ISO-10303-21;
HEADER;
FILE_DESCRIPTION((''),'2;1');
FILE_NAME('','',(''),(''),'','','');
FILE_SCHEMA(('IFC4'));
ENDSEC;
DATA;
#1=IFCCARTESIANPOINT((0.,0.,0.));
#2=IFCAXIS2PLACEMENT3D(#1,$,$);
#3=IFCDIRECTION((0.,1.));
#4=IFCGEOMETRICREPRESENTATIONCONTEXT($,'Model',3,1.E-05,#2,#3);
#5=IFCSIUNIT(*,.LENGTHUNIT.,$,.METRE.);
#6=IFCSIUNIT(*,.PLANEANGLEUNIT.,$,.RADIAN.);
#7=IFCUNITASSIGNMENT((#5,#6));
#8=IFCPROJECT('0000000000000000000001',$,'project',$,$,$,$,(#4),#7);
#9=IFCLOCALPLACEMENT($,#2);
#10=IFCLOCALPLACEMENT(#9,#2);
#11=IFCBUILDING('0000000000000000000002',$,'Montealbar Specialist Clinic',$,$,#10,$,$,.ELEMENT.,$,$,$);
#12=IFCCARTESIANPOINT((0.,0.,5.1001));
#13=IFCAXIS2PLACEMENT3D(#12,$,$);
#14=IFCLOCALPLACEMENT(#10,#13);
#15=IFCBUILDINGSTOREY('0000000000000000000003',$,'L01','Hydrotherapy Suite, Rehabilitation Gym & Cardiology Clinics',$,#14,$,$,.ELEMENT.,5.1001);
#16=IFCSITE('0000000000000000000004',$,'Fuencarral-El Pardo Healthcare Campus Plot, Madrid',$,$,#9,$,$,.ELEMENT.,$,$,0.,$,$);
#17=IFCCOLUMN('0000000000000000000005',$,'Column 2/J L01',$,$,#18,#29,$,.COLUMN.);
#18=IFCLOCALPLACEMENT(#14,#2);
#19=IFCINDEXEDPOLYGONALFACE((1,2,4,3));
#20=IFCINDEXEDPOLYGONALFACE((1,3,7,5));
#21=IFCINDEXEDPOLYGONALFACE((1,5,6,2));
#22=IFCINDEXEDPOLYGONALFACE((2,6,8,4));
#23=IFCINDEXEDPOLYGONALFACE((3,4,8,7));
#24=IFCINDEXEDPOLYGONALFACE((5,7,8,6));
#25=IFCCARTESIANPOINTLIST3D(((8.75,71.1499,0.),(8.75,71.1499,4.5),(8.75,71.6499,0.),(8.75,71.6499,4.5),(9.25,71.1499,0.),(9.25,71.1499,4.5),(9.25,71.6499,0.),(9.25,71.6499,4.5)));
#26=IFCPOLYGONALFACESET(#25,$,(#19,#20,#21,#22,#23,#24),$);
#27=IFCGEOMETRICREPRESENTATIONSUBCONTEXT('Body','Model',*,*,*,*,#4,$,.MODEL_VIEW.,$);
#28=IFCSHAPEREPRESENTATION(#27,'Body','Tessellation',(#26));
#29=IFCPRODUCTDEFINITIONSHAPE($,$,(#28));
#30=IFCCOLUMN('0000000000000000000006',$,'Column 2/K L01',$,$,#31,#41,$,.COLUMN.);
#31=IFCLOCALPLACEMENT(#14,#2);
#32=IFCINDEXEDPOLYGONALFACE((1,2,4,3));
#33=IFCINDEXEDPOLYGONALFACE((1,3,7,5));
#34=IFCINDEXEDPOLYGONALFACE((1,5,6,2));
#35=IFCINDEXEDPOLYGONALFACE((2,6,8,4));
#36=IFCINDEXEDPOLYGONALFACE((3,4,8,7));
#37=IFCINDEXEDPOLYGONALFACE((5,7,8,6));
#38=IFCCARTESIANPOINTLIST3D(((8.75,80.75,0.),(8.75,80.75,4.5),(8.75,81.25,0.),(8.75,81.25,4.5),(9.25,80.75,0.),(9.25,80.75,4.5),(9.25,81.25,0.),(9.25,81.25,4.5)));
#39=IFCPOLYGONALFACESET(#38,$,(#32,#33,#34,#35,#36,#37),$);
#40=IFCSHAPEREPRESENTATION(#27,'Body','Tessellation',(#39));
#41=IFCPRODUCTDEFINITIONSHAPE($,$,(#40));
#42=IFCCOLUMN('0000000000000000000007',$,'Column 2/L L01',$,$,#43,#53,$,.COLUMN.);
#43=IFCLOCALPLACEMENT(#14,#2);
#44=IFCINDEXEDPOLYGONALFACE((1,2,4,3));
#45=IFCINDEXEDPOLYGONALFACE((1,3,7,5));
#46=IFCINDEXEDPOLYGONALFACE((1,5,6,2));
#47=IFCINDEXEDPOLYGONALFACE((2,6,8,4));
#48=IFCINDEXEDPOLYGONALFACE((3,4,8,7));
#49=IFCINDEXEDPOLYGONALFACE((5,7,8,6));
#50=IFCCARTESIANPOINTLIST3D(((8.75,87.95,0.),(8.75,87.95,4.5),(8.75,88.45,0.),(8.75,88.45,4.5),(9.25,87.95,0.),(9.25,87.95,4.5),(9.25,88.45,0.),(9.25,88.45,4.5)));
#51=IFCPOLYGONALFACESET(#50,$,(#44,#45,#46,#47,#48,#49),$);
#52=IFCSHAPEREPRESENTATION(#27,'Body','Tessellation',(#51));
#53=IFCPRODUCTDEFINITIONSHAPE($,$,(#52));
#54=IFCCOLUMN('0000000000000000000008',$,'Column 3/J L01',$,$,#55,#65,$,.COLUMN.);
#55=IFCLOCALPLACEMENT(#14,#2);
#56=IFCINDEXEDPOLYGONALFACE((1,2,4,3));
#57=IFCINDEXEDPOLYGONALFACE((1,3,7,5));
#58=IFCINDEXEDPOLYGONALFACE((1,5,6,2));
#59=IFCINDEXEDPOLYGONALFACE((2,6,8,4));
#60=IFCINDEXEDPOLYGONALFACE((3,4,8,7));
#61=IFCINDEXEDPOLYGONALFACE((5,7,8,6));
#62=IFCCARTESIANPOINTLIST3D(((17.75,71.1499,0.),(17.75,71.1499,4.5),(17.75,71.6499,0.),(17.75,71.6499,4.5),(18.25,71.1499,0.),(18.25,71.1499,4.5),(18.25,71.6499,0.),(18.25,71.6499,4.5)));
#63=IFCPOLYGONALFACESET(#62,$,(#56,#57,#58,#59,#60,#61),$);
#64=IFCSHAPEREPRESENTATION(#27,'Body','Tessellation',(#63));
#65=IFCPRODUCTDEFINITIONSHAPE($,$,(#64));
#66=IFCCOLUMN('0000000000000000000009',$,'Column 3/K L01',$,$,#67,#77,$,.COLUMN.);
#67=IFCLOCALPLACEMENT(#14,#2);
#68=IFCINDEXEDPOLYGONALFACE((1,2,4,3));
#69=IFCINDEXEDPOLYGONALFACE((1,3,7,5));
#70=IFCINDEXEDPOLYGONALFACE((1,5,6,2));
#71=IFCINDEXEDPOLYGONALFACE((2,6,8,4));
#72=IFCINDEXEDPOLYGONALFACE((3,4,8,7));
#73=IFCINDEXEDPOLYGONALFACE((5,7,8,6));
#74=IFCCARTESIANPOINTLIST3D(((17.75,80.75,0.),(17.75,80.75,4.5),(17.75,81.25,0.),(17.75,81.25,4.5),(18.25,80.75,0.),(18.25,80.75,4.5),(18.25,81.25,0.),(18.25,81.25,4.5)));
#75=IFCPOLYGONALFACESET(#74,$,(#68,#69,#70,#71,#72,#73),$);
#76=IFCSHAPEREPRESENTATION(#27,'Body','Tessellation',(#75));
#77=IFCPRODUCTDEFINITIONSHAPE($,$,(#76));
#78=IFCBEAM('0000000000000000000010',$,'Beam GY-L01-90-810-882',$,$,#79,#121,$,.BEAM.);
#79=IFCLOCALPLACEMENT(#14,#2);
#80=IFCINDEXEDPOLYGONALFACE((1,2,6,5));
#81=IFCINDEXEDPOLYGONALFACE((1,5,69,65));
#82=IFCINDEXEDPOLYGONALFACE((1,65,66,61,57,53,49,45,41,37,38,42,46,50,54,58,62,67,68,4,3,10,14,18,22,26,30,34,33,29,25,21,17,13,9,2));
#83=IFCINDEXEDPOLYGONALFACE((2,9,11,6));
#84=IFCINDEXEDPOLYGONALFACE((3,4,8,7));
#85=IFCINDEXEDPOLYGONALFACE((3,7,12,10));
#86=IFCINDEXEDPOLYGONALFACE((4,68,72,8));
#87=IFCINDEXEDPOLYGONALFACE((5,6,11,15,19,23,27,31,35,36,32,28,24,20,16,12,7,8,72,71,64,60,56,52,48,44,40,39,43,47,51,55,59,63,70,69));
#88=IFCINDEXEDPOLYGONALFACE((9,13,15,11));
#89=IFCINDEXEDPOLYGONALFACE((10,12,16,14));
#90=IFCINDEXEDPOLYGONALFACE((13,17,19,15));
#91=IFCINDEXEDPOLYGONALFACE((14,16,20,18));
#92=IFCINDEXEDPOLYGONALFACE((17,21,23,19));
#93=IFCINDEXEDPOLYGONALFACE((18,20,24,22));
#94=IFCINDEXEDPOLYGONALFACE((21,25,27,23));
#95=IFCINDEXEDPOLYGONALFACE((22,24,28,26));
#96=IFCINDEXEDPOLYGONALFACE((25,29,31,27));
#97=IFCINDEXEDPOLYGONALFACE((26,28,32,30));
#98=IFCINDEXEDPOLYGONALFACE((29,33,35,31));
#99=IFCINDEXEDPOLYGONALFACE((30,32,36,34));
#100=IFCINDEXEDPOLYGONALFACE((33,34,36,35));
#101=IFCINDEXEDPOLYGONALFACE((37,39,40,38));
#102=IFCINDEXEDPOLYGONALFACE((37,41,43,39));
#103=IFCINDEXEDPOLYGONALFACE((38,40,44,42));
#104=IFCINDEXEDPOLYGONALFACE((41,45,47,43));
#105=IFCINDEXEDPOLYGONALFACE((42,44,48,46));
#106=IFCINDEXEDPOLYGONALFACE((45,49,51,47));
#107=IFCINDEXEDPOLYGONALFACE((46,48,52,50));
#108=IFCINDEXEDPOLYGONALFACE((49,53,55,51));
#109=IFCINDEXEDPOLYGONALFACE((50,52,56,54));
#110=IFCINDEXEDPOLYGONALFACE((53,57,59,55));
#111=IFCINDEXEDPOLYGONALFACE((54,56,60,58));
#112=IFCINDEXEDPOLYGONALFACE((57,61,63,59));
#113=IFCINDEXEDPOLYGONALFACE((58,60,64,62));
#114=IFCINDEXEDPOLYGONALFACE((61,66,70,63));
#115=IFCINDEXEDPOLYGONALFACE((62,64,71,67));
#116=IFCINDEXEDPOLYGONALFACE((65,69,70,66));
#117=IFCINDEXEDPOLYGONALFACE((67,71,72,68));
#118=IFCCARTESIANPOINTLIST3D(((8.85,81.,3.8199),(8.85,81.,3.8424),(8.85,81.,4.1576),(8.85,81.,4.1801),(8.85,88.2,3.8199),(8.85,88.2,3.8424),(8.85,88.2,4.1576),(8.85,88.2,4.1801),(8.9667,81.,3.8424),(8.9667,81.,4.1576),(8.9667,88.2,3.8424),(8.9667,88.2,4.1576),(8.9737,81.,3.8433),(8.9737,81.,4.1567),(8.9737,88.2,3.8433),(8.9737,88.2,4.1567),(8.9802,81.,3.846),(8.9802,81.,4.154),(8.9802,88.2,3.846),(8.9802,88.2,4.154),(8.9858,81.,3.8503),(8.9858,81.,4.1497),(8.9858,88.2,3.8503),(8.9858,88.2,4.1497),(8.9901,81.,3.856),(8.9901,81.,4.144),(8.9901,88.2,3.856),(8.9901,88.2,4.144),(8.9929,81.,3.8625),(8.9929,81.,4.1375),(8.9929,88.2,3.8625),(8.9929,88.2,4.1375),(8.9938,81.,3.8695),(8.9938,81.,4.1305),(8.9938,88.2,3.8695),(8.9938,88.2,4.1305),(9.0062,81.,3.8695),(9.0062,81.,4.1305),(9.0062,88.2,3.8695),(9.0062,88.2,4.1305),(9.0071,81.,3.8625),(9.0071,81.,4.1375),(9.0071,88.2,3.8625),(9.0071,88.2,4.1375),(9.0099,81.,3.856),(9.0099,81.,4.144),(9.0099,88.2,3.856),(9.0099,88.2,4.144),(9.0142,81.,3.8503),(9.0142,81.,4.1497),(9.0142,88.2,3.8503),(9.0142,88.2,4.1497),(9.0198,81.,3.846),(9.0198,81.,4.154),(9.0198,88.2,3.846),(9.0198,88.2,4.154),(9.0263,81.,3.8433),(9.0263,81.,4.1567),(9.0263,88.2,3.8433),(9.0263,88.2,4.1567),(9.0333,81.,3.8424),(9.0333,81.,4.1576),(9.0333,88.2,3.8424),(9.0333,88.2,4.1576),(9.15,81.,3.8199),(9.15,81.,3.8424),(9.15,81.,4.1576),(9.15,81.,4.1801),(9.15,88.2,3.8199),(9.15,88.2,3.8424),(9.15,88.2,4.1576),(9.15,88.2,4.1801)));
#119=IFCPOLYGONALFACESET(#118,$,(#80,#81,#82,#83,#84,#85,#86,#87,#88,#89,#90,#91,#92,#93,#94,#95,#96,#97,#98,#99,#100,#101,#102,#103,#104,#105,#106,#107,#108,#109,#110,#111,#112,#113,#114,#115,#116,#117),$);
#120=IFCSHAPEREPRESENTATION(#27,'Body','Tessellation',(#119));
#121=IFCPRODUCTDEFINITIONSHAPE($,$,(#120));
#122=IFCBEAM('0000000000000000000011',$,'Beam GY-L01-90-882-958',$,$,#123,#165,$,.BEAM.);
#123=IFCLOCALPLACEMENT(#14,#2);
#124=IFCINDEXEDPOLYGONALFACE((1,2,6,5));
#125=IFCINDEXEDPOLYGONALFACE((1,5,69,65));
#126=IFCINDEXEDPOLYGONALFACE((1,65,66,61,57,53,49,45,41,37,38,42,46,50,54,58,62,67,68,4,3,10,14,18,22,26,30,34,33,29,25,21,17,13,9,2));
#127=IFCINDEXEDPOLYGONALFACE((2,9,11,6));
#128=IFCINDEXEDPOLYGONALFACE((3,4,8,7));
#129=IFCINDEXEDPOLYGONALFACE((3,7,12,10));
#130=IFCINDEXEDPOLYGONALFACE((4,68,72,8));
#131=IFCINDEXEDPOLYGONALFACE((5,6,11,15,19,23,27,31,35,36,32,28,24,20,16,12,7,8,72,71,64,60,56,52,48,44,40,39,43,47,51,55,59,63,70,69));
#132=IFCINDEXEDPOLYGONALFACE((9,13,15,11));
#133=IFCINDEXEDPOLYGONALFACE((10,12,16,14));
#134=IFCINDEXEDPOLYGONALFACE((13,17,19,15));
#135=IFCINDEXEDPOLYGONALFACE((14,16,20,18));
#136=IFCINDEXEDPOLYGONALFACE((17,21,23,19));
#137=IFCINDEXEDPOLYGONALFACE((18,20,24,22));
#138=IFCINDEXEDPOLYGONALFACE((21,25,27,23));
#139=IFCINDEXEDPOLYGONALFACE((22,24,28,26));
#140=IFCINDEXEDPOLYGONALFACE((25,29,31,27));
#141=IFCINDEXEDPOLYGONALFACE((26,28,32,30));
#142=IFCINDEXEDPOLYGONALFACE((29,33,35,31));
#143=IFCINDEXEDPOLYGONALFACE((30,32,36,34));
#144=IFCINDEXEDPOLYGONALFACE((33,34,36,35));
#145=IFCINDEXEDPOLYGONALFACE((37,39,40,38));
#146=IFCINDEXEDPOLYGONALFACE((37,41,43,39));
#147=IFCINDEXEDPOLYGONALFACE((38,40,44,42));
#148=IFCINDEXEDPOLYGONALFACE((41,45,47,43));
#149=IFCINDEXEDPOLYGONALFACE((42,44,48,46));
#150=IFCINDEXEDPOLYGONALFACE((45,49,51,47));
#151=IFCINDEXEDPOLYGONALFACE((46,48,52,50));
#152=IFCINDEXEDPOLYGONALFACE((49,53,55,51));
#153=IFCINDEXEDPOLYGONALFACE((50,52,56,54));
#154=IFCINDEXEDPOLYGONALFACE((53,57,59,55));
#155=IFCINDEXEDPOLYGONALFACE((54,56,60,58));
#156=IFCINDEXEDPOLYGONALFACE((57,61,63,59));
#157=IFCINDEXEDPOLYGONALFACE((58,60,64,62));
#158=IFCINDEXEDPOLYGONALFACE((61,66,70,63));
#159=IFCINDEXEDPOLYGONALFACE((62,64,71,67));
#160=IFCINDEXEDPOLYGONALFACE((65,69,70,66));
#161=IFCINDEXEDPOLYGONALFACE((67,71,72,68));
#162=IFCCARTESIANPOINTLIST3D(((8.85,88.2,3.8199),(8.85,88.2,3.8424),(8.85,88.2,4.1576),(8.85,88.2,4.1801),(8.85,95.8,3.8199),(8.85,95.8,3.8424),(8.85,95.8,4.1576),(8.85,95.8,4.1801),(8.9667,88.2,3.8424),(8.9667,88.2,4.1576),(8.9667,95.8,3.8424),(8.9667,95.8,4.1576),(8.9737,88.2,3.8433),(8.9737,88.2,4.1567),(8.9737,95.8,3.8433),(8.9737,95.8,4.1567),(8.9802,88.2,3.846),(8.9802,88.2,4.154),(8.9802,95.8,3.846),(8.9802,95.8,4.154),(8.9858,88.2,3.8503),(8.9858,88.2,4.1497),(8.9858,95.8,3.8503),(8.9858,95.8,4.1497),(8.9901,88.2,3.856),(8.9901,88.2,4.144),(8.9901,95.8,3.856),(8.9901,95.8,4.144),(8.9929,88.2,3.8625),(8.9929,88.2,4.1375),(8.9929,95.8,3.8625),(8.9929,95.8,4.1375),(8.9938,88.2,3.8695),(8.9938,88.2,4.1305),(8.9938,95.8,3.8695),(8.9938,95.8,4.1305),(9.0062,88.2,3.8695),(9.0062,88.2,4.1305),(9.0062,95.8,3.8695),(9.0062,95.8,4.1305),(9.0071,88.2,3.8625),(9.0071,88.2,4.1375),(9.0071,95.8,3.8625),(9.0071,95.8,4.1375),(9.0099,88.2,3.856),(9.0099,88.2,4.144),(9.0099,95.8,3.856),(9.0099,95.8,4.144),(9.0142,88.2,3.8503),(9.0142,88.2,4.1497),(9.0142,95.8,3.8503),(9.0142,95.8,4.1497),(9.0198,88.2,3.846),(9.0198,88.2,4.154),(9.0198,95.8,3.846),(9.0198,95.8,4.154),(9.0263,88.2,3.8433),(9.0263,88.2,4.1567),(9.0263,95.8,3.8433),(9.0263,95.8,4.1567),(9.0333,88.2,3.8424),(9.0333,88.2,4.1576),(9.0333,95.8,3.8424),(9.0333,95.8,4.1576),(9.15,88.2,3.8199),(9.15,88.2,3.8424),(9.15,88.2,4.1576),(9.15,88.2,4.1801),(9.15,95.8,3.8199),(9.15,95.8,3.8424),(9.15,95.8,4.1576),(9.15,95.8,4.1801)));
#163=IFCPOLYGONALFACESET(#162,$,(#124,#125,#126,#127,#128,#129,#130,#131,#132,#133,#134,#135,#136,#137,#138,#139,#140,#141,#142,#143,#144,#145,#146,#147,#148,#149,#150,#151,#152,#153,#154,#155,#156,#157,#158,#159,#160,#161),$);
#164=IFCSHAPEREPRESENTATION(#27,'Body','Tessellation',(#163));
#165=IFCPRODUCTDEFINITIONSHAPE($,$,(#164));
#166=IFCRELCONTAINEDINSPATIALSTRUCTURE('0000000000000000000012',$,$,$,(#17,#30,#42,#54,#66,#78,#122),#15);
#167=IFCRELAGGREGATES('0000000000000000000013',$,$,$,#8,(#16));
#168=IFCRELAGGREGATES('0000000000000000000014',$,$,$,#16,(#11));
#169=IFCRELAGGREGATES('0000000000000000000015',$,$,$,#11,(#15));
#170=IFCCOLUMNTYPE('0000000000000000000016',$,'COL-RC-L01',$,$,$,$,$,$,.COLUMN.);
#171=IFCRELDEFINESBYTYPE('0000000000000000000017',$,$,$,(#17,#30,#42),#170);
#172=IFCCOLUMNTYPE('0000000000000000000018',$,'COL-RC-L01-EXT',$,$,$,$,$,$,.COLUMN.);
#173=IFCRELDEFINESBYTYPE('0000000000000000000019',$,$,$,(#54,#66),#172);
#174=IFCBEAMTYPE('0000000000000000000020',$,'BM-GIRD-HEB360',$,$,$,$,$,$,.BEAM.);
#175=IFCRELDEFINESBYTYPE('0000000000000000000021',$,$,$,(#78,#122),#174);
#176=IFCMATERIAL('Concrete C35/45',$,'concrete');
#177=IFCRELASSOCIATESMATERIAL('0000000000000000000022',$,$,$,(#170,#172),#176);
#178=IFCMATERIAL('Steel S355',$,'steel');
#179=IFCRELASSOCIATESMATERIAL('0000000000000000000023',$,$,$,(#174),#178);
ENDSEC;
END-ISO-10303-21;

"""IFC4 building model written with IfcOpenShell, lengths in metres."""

from ifc_helpers import new_model, si_unit, direction, frame, origin, origin_2d, place, context, subcontext, project, spatial, rectangle, i_section, extrude, material, material_profile, profile_set, type_object, element, save


model = new_model("IFC4")

# Units and contexts
model_context = context("Model", 3, precision=1e-05, world=origin(), true_north=direction((0.0, 1.0)))
body_context = subcontext(model_context, "Body", "Model", "MODEL_VIEW")
ifc_project = project(units=[si_unit("LENGTHUNIT", "METRE"), si_unit("PLANEANGLEUNIT", "RADIAN")], contexts=[model_context])

# Site, building, storey
site_placement = place(None, origin())
site = spatial("IfcSite", under=ifc_project, at=site_placement, Name="Fuencarral-El Pardo Healthcare Campus Plot, Madrid", CompositionType="ELEMENT", RefElevation=0.0)
building_placement = place(site_placement, origin())
building = spatial("IfcBuilding", under=site, at=building_placement, Name="Montealbar Specialist Clinic", CompositionType="ELEMENT")
storey_placement = place(building_placement, frame((0.0, 0.0, 5.1001)))
storey = spatial("IfcBuildingStorey", under=building, at=storey_placement, Name="L01", Description="Hydrotherapy Suite, Rehabilitation Gym & Cardiology Clinics", CompositionType="ELEMENT", Elevation=5.1001)

# Columns
ifc_material_1 = material(Name="Concrete C35/45", Category="concrete")
ifc_material_profile_1 = material_profile(ifc_material_1, rectangle(XDim=0.5, YDim=0.5, at=origin_2d()), Name="RC 500x500", Category="concrete")
ifc_profile_set_1 = profile_set([ifc_material_profile_1], Name="Concrete C35/45")
column_type_1 = type_object("IfcColumnType", Name="COL-RC-L01", PredefinedType="COLUMN", material=ifc_profile_set_1)
for number, where, z_axis, x_axis, name in (
    (1, (9.0, 71.3999, 0.0), (0.0, 0.0, 1.0), (1.0, 0.0, 0.0), "Column 2/J L01"),
    (2, (9.0, 81.0, 0.0), (0.0, 0.0, 1.0), (1.0, 0.0, 0.0), "Column 2/K L01"),
    (3, (9.0, 88.2, 0.0), (0.0, 0.0, 1.0), (1.0, 0.0, 0.0), "Column 2/L L01"),
):
    element("IfcColumn", number, at=place(storey_placement, frame(where, z_axis=z_axis, x_axis=x_axis)), inside=storey, type_object=column_type_1, Name=name, PredefinedType="COLUMN", context=body_context, shape_type="SweptSolid", body=[
        extrude(rectangle(XDim=0.5, YDim=0.5, at=origin_2d()), origin(), (0.0, 0.0, 1.0), 4.5),
    ])
ifc_material_profile_2 = material_profile(ifc_material_1, rectangle(XDim=0.5, YDim=0.5, at=origin_2d()), Name="RC 500x500", Category="concrete")
ifc_profile_set_2 = profile_set([ifc_material_profile_2], Name="Concrete C35/45")
column_type_2 = type_object("IfcColumnType", Name="COL-RC-L01-EXT", PredefinedType="COLUMN", material=ifc_profile_set_2)
for number, where, z_axis, x_axis, name in (
    (4, (18.0, 71.3999, 0.0), (0.0, 0.0, 1.0), (1.0, 0.0, 0.0), "Column 3/J L01"),
    (5, (18.0, 81.0, 0.0), (0.0, 0.0, 1.0), (1.0, 0.0, 0.0), "Column 3/K L01"),
):
    element("IfcColumn", number, at=place(storey_placement, frame(where, z_axis=z_axis, x_axis=x_axis)), inside=storey, type_object=column_type_2, Name=name, PredefinedType="COLUMN", context=body_context, shape_type="SweptSolid", body=[
        extrude(rectangle(XDim=0.5, YDim=0.5, at=origin_2d()), origin(), (0.0, 0.0, 1.0), 4.5),
    ])

# Beams
ifc_material_2 = material(Name="Steel S355", Category="steel")
ifc_material_profile_3 = material_profile(ifc_material_2, i_section(OverallWidth=0.3, OverallDepth=0.3601, WebThickness=0.0125, FlangeThickness=0.0225, FilletRadius=0.0271, at=origin_2d()), Name="HEB 360", Category="steel")
ifc_profile_set_3 = profile_set([ifc_material_profile_3], Name="Steel S355")
beam_type_1 = type_object("IfcBeamType", Name="BM-GIRD-HEB360", PredefinedType="BEAM", material=ifc_profile_set_3)
beam_1_placement = place(storey_placement, frame((9.0, 81.0, 4.0), z_axis=(0.0, 1.0, 0.0), x_axis=(-1.0, 0.0, 0.0)))
element("IfcBeam", 6, at=beam_1_placement, inside=storey, type_object=beam_type_1, Name="Beam GY-L01-90-810-882", PredefinedType="BEAM", context=body_context, shape_type="SweptSolid", body=[
    extrude(i_section(OverallWidth=0.3, OverallDepth=0.3601, WebThickness=0.0125, FlangeThickness=0.0225, FilletRadius=0.0271, at=origin_2d()), origin(), (0.0, 0.0, 1.0), 7.2),
])
beam_2_placement = place(storey_placement, frame((9.0, 88.2, 4.0), z_axis=(0.0, 1.0, 0.0), x_axis=(-1.0, 0.0, 0.0)))
element("IfcBeam", 7, at=beam_2_placement, inside=storey, type_object=beam_type_1, Name="Beam GY-L01-90-882-958", PredefinedType="BEAM", context=body_context, shape_type="SweptSolid", body=[
    extrude(i_section(OverallWidth=0.3, OverallDepth=0.3601, WebThickness=0.0125, FlangeThickness=0.0225, FilletRadius=0.0271, at=origin_2d()), origin(), (0.0, 0.0, 1.0), 7.6001),
])

save(model, "model.ifc")
